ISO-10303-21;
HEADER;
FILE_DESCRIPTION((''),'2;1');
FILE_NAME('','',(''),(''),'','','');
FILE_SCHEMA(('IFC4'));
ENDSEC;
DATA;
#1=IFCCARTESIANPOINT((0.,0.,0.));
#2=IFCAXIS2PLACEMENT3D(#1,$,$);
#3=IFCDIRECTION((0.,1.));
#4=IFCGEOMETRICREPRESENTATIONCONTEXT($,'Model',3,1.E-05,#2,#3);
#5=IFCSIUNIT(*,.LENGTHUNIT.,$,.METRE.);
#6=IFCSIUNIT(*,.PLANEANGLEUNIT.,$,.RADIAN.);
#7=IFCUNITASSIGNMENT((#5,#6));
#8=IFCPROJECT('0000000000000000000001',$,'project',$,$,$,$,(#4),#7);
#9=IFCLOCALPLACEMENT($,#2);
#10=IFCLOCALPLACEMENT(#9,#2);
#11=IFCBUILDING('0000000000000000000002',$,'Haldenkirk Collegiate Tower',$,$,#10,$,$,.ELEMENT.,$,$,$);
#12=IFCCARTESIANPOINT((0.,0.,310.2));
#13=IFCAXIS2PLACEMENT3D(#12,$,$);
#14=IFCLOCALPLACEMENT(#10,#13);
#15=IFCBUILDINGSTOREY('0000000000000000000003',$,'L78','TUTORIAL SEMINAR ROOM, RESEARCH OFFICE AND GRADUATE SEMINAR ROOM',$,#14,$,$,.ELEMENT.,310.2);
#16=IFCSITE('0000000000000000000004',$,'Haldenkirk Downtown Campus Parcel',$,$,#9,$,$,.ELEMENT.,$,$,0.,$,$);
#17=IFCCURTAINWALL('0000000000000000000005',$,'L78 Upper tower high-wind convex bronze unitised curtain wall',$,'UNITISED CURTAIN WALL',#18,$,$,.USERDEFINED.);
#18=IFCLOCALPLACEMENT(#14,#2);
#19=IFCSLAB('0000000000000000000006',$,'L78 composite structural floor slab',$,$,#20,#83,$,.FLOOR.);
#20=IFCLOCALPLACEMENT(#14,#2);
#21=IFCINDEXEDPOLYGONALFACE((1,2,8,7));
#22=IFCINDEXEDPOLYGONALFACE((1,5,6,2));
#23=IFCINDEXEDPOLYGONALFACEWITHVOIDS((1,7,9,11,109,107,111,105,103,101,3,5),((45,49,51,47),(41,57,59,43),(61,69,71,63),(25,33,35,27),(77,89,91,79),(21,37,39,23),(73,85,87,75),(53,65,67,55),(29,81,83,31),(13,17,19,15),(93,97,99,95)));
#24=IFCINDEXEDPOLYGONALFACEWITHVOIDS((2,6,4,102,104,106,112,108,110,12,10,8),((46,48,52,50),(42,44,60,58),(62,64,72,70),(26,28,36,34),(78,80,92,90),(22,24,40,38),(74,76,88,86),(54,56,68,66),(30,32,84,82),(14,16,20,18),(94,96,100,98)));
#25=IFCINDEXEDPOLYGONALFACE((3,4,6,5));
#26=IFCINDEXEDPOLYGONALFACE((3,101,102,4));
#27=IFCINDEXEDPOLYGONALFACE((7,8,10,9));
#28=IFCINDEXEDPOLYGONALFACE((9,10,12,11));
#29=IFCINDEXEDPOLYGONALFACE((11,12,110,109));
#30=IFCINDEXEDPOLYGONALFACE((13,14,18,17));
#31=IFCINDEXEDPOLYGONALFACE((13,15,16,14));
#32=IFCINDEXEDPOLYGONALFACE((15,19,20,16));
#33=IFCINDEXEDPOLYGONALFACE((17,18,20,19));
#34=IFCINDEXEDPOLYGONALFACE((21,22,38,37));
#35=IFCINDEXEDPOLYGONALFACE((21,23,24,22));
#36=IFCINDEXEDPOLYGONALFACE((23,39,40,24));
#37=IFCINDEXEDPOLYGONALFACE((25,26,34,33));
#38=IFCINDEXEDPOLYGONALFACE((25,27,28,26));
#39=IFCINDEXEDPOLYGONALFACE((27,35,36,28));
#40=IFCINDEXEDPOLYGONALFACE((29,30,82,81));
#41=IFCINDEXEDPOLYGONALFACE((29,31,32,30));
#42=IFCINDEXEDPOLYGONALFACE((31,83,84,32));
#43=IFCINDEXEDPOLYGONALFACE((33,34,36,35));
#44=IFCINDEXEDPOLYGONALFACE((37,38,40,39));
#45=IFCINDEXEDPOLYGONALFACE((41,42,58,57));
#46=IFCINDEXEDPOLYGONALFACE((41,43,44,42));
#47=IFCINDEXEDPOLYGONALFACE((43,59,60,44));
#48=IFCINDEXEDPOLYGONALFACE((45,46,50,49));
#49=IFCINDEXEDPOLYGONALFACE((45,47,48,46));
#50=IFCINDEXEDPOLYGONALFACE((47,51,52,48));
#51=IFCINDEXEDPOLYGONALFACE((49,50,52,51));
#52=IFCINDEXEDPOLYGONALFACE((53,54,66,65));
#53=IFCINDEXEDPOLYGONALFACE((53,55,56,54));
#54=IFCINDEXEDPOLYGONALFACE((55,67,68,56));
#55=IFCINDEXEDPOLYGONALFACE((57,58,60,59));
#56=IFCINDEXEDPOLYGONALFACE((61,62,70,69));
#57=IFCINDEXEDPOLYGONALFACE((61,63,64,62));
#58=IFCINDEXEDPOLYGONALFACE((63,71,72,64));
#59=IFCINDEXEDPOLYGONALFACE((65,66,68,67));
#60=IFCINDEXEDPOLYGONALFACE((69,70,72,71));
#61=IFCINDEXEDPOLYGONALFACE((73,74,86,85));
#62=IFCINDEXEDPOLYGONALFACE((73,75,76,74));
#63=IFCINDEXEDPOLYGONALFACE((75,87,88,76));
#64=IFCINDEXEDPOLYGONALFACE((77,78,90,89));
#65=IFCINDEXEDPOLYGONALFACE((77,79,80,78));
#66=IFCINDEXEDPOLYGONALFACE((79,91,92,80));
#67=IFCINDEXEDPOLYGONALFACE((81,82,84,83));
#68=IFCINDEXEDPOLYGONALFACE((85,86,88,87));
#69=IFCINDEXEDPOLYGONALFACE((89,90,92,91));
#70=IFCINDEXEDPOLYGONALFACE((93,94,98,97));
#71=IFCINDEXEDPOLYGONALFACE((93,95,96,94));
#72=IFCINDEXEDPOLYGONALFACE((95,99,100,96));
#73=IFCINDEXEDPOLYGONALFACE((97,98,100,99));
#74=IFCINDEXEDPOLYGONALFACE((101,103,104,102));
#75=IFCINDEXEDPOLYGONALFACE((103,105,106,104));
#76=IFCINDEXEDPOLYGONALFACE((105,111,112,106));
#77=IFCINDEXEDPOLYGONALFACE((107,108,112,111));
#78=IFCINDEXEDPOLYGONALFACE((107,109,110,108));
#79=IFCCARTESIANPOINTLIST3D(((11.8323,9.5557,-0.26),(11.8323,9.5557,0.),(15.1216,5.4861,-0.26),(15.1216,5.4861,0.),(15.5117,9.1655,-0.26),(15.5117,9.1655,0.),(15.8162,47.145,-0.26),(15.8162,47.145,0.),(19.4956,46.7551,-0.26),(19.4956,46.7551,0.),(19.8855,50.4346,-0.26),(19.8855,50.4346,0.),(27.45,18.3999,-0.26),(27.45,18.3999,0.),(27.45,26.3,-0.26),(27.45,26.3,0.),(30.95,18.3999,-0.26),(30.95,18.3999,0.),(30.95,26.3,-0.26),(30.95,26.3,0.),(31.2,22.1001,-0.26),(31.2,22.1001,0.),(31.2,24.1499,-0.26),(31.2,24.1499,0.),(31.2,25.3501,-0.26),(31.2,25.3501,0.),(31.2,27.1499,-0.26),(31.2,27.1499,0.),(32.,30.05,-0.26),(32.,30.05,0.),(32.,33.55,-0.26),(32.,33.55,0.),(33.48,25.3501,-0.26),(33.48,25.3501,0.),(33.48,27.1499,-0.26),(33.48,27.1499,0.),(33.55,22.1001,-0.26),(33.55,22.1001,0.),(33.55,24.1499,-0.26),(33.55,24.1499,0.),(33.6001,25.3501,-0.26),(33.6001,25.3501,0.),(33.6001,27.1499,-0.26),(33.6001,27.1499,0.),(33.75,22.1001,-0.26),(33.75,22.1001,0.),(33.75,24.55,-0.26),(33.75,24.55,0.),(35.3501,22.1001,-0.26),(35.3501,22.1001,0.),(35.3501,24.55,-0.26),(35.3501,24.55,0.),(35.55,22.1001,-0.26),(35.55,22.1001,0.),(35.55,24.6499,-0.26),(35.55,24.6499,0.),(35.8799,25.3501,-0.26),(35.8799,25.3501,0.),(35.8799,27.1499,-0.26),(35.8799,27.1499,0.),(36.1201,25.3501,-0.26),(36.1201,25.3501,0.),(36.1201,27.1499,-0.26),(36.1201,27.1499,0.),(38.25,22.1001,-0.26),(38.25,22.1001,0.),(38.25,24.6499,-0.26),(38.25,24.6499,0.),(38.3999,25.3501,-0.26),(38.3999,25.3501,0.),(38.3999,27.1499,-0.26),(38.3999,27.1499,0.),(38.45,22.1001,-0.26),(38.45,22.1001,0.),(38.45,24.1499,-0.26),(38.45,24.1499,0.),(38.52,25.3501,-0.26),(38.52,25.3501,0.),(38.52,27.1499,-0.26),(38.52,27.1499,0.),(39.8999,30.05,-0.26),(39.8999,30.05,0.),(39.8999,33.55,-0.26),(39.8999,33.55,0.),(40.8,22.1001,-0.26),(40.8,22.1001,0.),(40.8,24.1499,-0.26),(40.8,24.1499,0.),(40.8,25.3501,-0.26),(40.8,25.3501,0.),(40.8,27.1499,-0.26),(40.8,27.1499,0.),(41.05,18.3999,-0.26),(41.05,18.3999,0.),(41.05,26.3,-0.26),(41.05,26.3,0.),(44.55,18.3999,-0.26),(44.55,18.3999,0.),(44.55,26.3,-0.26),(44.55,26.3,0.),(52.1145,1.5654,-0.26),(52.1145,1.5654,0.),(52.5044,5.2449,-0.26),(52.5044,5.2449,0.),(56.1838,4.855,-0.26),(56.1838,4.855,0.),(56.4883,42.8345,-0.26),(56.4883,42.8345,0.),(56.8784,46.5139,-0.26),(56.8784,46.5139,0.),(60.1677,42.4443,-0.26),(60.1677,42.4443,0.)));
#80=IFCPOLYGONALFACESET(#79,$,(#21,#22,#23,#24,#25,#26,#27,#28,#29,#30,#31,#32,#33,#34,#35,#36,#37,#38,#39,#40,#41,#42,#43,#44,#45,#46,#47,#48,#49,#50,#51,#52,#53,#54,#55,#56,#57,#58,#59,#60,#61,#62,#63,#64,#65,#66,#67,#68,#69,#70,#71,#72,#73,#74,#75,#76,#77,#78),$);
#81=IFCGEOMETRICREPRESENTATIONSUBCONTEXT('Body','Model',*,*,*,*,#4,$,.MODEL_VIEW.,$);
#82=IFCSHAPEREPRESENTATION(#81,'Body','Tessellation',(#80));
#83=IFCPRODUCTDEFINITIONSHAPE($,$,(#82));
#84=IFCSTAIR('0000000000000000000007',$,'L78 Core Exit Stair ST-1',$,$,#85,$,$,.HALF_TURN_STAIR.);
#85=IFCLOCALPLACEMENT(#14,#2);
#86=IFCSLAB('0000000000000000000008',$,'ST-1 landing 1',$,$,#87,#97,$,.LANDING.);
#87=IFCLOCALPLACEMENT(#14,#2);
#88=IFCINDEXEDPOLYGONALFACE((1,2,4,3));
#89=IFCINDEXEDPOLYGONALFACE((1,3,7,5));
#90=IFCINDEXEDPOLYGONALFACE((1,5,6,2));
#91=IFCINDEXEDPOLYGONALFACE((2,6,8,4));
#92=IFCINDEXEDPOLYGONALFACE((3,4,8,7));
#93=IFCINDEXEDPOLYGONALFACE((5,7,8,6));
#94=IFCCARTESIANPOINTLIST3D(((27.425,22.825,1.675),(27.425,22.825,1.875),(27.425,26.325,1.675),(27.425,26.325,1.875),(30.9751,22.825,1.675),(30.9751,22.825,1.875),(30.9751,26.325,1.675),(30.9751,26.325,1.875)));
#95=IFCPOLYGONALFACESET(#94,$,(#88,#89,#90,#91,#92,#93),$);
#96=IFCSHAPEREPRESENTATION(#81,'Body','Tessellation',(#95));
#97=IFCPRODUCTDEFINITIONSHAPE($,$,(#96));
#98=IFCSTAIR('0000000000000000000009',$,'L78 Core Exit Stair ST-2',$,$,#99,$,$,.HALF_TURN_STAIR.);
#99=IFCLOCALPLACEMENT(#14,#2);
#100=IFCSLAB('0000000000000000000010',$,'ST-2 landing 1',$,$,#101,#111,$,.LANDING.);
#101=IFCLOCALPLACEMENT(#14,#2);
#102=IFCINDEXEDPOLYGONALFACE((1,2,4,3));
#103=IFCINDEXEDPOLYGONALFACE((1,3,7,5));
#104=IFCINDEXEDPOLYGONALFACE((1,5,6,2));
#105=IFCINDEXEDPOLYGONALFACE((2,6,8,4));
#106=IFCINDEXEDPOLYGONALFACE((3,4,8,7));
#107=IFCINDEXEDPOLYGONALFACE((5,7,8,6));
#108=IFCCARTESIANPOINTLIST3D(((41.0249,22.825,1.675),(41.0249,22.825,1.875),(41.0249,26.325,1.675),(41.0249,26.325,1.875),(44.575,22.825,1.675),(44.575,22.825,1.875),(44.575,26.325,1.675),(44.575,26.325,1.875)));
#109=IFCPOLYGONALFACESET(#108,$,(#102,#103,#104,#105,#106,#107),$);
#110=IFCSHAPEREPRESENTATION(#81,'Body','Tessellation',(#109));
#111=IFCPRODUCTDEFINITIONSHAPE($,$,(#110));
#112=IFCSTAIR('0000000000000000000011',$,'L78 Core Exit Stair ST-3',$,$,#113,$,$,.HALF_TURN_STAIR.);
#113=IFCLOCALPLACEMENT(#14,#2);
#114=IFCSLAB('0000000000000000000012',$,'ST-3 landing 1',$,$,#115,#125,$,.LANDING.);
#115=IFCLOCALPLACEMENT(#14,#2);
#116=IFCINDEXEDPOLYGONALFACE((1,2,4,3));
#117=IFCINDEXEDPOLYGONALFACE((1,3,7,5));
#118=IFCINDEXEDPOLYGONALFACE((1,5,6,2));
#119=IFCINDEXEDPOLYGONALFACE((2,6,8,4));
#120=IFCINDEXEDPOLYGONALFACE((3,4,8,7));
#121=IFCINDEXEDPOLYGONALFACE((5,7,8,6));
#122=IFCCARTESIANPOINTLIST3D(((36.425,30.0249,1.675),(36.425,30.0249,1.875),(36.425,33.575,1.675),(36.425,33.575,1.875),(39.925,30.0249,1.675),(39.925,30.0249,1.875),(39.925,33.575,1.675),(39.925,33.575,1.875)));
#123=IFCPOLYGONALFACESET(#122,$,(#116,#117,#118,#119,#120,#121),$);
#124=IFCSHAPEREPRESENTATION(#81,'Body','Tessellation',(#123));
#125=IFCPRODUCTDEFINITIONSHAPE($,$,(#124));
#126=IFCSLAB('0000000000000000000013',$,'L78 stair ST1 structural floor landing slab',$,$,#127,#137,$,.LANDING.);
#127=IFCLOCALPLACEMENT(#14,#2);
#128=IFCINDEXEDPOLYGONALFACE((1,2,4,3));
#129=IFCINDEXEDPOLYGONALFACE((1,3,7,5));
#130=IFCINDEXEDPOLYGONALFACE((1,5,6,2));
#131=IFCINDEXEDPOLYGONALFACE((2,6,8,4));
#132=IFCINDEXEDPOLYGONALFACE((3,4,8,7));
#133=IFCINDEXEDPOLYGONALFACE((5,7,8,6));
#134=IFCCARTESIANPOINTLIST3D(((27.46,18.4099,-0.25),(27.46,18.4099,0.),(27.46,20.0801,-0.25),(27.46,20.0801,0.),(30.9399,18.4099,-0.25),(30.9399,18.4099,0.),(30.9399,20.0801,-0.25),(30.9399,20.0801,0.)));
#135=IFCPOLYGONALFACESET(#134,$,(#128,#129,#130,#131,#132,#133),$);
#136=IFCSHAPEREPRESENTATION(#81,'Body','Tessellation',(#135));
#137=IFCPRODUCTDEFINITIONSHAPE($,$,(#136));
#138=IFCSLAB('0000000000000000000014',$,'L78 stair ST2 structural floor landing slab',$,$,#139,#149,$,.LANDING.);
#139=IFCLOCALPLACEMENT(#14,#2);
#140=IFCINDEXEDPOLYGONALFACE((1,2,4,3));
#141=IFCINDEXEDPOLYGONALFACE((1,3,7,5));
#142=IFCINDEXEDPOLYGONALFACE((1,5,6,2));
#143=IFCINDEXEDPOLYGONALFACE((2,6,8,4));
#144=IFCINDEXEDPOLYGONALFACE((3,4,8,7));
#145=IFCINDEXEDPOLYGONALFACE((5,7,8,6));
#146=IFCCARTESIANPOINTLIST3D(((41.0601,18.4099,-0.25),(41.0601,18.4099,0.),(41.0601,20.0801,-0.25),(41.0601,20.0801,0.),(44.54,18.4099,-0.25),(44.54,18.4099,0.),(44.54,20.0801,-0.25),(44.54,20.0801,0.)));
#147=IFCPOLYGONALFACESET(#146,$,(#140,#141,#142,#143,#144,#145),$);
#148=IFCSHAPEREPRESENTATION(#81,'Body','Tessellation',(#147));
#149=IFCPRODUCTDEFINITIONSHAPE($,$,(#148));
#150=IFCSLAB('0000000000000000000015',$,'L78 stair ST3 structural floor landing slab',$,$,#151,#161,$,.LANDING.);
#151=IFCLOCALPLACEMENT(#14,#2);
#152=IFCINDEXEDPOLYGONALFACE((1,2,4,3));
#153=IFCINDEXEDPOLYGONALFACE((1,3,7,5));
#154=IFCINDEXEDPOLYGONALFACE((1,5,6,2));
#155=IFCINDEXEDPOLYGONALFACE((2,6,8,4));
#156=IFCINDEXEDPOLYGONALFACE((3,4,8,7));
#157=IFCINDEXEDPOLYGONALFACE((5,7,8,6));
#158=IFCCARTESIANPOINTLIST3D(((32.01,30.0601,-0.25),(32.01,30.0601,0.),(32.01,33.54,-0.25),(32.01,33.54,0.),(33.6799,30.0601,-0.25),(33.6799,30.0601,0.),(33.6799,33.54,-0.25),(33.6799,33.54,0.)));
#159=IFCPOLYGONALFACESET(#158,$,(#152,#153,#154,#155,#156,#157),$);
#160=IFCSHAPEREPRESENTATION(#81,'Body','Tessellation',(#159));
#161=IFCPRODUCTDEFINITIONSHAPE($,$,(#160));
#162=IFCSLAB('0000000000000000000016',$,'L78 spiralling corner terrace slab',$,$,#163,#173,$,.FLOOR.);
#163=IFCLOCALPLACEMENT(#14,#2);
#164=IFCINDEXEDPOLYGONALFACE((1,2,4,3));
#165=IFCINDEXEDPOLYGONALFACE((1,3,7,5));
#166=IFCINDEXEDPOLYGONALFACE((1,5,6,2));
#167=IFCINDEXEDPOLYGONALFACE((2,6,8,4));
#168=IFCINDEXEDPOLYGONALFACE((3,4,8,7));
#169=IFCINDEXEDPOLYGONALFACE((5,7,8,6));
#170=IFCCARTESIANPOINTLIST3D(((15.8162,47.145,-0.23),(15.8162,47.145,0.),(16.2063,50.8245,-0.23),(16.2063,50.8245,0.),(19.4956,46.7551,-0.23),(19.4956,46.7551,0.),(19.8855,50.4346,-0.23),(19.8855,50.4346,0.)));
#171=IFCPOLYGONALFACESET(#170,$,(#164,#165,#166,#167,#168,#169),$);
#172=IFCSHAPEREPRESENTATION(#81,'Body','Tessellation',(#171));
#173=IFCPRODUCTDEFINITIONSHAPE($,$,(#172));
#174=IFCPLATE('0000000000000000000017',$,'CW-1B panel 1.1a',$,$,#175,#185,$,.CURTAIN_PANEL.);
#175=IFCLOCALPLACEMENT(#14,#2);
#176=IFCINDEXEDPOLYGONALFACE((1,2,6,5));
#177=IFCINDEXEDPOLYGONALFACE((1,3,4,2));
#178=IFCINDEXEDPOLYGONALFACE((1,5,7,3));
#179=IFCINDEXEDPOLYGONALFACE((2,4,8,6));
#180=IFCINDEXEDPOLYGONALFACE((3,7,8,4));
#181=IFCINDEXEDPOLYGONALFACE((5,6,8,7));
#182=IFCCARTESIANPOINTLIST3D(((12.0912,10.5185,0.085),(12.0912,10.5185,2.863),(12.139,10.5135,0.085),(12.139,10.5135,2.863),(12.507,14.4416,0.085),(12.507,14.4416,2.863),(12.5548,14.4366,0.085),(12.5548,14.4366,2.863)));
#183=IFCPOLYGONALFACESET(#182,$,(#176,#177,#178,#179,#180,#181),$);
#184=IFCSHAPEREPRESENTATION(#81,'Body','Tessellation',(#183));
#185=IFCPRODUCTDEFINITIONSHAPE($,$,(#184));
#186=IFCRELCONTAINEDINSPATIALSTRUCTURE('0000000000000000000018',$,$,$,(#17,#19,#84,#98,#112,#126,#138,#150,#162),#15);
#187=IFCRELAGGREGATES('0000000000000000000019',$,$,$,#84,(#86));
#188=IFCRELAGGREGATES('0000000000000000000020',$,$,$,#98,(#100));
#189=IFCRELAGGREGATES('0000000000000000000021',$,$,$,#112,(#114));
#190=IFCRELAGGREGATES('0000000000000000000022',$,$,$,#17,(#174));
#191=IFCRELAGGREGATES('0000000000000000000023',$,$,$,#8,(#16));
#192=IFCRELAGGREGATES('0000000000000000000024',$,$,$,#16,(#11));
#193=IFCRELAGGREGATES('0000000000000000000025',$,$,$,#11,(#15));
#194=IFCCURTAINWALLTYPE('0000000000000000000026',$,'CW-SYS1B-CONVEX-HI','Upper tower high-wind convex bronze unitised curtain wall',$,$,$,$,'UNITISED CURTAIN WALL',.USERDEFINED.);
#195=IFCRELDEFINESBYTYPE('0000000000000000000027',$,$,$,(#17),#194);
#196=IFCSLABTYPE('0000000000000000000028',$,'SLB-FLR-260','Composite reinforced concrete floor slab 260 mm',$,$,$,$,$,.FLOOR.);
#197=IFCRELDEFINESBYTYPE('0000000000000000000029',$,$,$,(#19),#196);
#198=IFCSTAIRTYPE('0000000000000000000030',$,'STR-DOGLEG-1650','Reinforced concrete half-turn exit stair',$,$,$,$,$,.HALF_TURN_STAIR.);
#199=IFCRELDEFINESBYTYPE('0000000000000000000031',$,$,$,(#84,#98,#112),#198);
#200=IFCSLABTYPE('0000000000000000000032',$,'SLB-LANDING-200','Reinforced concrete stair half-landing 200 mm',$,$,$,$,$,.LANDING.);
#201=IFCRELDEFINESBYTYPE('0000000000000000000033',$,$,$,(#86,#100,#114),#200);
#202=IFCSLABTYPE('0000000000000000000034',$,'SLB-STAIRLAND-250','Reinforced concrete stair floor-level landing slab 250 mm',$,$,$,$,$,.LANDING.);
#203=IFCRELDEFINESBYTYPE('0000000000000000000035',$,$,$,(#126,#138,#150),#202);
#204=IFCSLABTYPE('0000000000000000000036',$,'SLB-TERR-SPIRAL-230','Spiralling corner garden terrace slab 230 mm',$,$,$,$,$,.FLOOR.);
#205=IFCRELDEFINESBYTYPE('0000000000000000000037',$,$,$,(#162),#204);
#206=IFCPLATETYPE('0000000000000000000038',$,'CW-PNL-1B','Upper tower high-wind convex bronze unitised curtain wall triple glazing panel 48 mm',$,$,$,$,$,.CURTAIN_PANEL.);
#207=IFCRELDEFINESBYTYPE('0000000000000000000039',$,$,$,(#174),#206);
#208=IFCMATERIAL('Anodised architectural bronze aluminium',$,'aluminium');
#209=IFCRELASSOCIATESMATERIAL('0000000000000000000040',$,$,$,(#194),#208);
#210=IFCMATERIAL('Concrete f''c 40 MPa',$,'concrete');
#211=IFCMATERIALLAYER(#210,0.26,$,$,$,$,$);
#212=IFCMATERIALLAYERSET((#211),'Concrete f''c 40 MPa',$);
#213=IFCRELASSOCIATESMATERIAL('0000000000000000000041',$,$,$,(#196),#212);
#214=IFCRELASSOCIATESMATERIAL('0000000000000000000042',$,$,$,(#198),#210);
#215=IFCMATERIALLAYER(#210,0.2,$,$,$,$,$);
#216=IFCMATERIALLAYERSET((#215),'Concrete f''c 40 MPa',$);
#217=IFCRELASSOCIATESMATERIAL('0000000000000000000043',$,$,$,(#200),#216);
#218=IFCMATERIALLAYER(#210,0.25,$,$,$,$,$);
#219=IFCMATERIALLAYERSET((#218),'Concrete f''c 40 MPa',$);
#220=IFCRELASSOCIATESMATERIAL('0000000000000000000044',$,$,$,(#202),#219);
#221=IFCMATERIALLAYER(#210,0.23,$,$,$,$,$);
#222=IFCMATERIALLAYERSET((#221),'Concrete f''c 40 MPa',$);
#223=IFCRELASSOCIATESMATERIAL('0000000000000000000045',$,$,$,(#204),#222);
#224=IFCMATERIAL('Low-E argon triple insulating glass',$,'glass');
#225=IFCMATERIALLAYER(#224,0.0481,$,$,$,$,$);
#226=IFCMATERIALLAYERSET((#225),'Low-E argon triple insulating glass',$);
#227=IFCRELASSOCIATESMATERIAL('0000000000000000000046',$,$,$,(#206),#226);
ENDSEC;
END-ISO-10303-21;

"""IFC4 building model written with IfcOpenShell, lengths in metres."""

from ifc_helpers import new_model, si_unit, direction, frame, origin, origin_2d, place, context, subcontext, project, spatial, polyline, rectangle, outline, extrude, source, transform, mapped, material, layer, layer_set, type_object, element, aggregate, save


model = new_model("IFC4")

# Units and contexts
model_context = context("Model", 3, precision=1e-05, world=origin(), true_north=direction((0.0, 1.0)))
body_context = subcontext(model_context, "Body", "Model", "MODEL_VIEW")
ifc_project = project(units=[si_unit("LENGTHUNIT", "METRE"), si_unit("PLANEANGLEUNIT", "RADIAN")], contexts=[model_context])

# Site, building, storey
site_placement = place(None, origin())
site = spatial("IfcSite", under=ifc_project, at=site_placement, Name="Haldenkirk Downtown Campus Parcel", CompositionType="ELEMENT", RefElevation=0.0)
building_placement = place(site_placement, origin())
building = spatial("IfcBuilding", under=site, at=building_placement, Name="Haldenkirk Collegiate Tower", CompositionType="ELEMENT")
storey_placement = place(building_placement, frame((0.0, 0.0, 310.2)))
storey = spatial("IfcBuildingStorey", under=building, at=storey_placement, Name="L78", Description="TUTORIAL SEMINAR ROOM, RESEARCH OFFICE AND GRADUATE SEMINAR ROOM", CompositionType="ELEMENT", Elevation=310.2)

# Curtain wall
ifc_material_1 = material(Name="Anodised architectural bronze aluminium", Category="aluminium")
curtain_wall_type = type_object("IfcCurtainWallType", Name="CW-SYS1B-CONVEX-HI", Description="Upper tower high-wind convex bronze unitised curtain wall", ElementType="UNITISED CURTAIN WALL", PredefinedType="USERDEFINED", material=ifc_material_1)
curtain_wall_placement = place(storey_placement, origin())
curtain_wall = element("IfcCurtainWall", 1, at=curtain_wall_placement, inside=storey, type_object=curtain_wall_type, Name="L78 Upper tower high-wind convex bronze unitised curtain wall", ObjectType="UNITISED CURTAIN WALL", PredefinedType="USERDEFINED")

# Slab
ifc_material_2 = material(Name="Concrete f'c 40 MPa", Category="concrete")
ifc_layer_1 = layer(ifc_material_2, 0.26)
ifc_layer_set_1 = layer_set([ifc_layer_1], Name="Concrete f'c 40 MPa")
slab_type_1 = type_object("IfcSlabType", Name="SLB-FLR-260", Description="Composite reinforced concrete floor slab 260 mm", PredefinedType="FLOOR", material=ifc_layer_set_1)
slab_1_placement = place(storey_placement, frame((0.0, 0.0, -0.26)))
element("IfcSlab", 2, at=slab_1_placement, inside=storey, type_object=slab_type_1, Name="L78 composite structural floor slab", PredefinedType="FLOOR", context=body_context, shape_type="SweptSolid", body=[
    extrude(outline(polyline([(56.1838, 4.855), (60.1677, 42.4443), (56.4883, 42.8345), (56.8784, 46.5139), (19.8855, 50.4346), (19.4956, 46.7551), (15.8162, 47.145), (11.8323, 9.5557), (15.5117, 9.1655), (15.1216, 5.4861), (52.1145, 1.5654), (52.5044, 5.2449), (56.1838, 4.855)]), holes=[polyline([(27.45, 18.3999), (30.95, 18.3999), (30.95, 26.3), (27.45, 26.3), (27.45, 18.3999)]), polyline([(41.05, 18.3999), (44.55, 18.3999), (44.55, 26.3), (41.05, 26.3), (41.05, 18.3999)]), polyline([(32.0, 30.05), (39.8999, 30.05), (39.8999, 33.55), (32.0, 33.55), (32.0, 30.05)]), polyline([(33.75, 22.1001), (35.3501, 22.1001), (35.3501, 24.55), (33.75, 24.55), (33.75, 22.1001)]), polyline([(31.2, 25.3501), (33.48, 25.3501), (33.48, 27.1499), (31.2, 27.1499), (31.2, 25.3501)]), polyline([(33.6001, 25.3501), (35.8799, 25.3501), (35.8799, 27.1499), (33.6001, 27.1499), (33.6001, 25.3501)]), polyline([(36.1201, 25.3501), (38.3999, 25.3501), (38.3999, 27.1499), (36.1201, 27.1499), (36.1201, 25.3501)]), polyline([(38.52, 25.3501), (40.8, 25.3501), (40.8, 27.1499), (38.52, 27.1499), (38.52, 25.3501)]), polyline([(31.2, 22.1001), (33.55, 22.1001), (33.55, 24.1499), (31.2, 24.1499), (31.2, 22.1001)]), polyline([(38.45, 22.1001), (40.8, 22.1001), (40.8, 24.1499), (38.45, 24.1499), (38.45, 22.1001)]), polyline([(35.55, 22.1001), (38.25, 22.1001), (38.25, 24.6499), (35.55, 24.6499), (35.55, 22.1001)])]), origin(), (0.0, 0.0, 1.0), 0.26),
])

# Stairs, slabs
stair_type = type_object("IfcStairType", Name="STR-DOGLEG-1650", Description="Reinforced concrete half-turn exit stair", PredefinedType="HALF_TURN_STAIR", material=ifc_material_2)
stair_1_placement = place(storey_placement, origin())
stair_1 = element("IfcStair", 3, at=stair_1_placement, inside=storey, type_object=stair_type, Name="L78 Core Exit Stair ST-1", PredefinedType="HALF_TURN_STAIR")
ifc_layer_2 = layer(ifc_material_2, 0.2)
ifc_layer_set_2 = layer_set([ifc_layer_2], Name="Concrete f'c 40 MPa")
slab_type_2 = type_object("IfcSlabType", Name="SLB-LANDING-200", Description="Reinforced concrete stair half-landing 200 mm", PredefinedType="LANDING", material=ifc_layer_set_2)
slab_2_placement = place(storey_placement, frame((0.0, 0.0, 1.675)))
slab_2 = element("IfcSlab", 4, at=slab_2_placement, type_object=slab_type_2, Name="ST-1 landing 1", PredefinedType="LANDING", context=body_context, shape_type="SweptSolid", body=[
    extrude(outline(polyline([(30.9751, 22.825), (27.425, 22.825), (27.425, 26.325), (30.9751, 26.325), (30.9751, 22.825)])), origin(), (0.0, 0.0, 1.0), 0.2),
])
aggregate(stair_1, [slab_2])
stair_2_placement = place(storey_placement, origin())
stair_2 = element("IfcStair", 5, at=stair_2_placement, inside=storey, type_object=stair_type, Name="L78 Core Exit Stair ST-2", PredefinedType="HALF_TURN_STAIR")
slab_3_placement = place(storey_placement, frame((0.0, 0.0, 1.675)))
slab_3 = element("IfcSlab", 6, at=slab_3_placement, type_object=slab_type_2, Name="ST-2 landing 1", PredefinedType="LANDING", context=body_context, shape_type="SweptSolid", body=[
    extrude(outline(polyline([(44.575, 22.825), (41.0249, 22.825), (41.0249, 26.325), (44.575, 26.325), (44.575, 22.825)])), origin(), (0.0, 0.0, 1.0), 0.2),
])
aggregate(stair_2, [slab_3])
stair_3_placement = place(storey_placement, origin())
stair_3 = element("IfcStair", 7, at=stair_3_placement, inside=storey, type_object=stair_type, Name="L78 Core Exit Stair ST-3", PredefinedType="HALF_TURN_STAIR")
slab_4_placement = place(storey_placement, frame((0.0, 0.0, 1.675)))
slab_4 = element("IfcSlab", 8, at=slab_4_placement, type_object=slab_type_2, Name="ST-3 landing 1", PredefinedType="LANDING", context=body_context, shape_type="SweptSolid", body=[
    extrude(outline(polyline([(36.425, 30.0249), (36.425, 33.575), (39.925, 33.575), (39.925, 30.0249), (36.425, 30.0249)])), origin(), (0.0, 0.0, 1.0), 0.2),
])
aggregate(stair_3, [slab_4])

# Slabs
ifc_layer_3 = layer(ifc_material_2, 0.25)
ifc_layer_set_3 = layer_set([ifc_layer_3], Name="Concrete f'c 40 MPa")
slab_type_3 = type_object("IfcSlabType", Name="SLB-STAIRLAND-250", Description="Reinforced concrete stair floor-level landing slab 250 mm", PredefinedType="LANDING", material=ifc_layer_set_3)
slab_5_placement = place(storey_placement, frame((0.0, 0.0, -0.25)))
element("IfcSlab", 9, at=slab_5_placement, inside=storey, type_object=slab_type_3, Name="L78 stair ST1 structural floor landing slab", PredefinedType="LANDING", context=body_context, shape_type="SweptSolid", body=[
    extrude(outline(polyline([(27.46, 18.4099), (30.9399, 18.4099), (30.9399, 20.0801), (27.46, 20.0801), (27.46, 18.4099)])), origin(), (0.0, 0.0, 1.0), 0.25),
])
slab_6_placement = place(storey_placement, frame((0.0, 0.0, -0.25)))
element("IfcSlab", 10, at=slab_6_placement, inside=storey, type_object=slab_type_3, Name="L78 stair ST2 structural floor landing slab", PredefinedType="LANDING", context=body_context, shape_type="SweptSolid", body=[
    extrude(outline(polyline([(41.0601, 18.4099), (44.54, 18.4099), (44.54, 20.0801), (41.0601, 20.0801), (41.0601, 18.4099)])), origin(), (0.0, 0.0, 1.0), 0.25),
])
slab_7_placement = place(storey_placement, frame((0.0, 0.0, -0.25)))
element("IfcSlab", 11, at=slab_7_placement, inside=storey, type_object=slab_type_3, Name="L78 stair ST3 structural floor landing slab", PredefinedType="LANDING", context=body_context, shape_type="SweptSolid", body=[
    extrude(outline(polyline([(32.01, 30.0601), (33.6799, 30.0601), (33.6799, 33.54), (32.01, 33.54), (32.01, 30.0601)])), origin(), (0.0, 0.0, 1.0), 0.25),
])
ifc_layer_4 = layer(ifc_material_2, 0.23)
ifc_layer_set_4 = layer_set([ifc_layer_4], Name="Concrete f'c 40 MPa")
slab_type_4 = type_object("IfcSlabType", Name="SLB-TERR-SPIRAL-230", Description="Spiralling corner garden terrace slab 230 mm", PredefinedType="FLOOR", material=ifc_layer_set_4)
slab_8_placement = place(storey_placement, frame((0.0, 0.0, -0.23)))
element("IfcSlab", 12, at=slab_8_placement, inside=storey, type_object=slab_type_4, Name="L78 spiralling corner terrace slab", PredefinedType="FLOOR", context=body_context, shape_type="SweptSolid", body=[
    extrude(outline(polyline([(19.4956, 46.7551), (19.8855, 50.4346), (16.2063, 50.8245), (15.8162, 47.145), (19.4956, 46.7551)])), origin(), (0.0, 0.0, 1.0), 0.23),
])

# Plate
ifc_material_3 = material(Name="Low-E argon triple insulating glass", Category="glass")
ifc_layer_5 = layer(ifc_material_3, 0.0481)
ifc_layer_set_5 = layer_set([ifc_layer_5], Name="Low-E argon triple insulating glass")
plate_type_1 = type_object("IfcPlateType", Name="CW-PNL-1B", Description="Upper tower high-wind convex bronze unitised curtain wall triple glazing panel 48 mm", PredefinedType="CURTAIN_PANEL", material=ifc_layer_set_5)
shared_shape_1 = source(origin(), body_context, "Body", "SweptSolid", [
    extrude(rectangle(XDim=3.9451, YDim=0.0481, at=origin_2d()), origin(), (0.0, 0.0, 1.0), 2.7781),
])
plate_1_placement = place(storey_placement, frame((12.323, 12.4775, 0.085), z_axis=(0.0, 0.0, 1.0), x_axis=(0.105394, 0.99443, 0.0)))
plate_1 = element("IfcPlate", 13, at=plate_1_placement, type_object=plate_type_1, Name="CW-1B panel 1.1a", PredefinedType="CURTAIN_PANEL", context=body_context, shape_type="MappedRepresentation", body=[
    mapped(shared_shape_1, transform((0.0, 0.0, 0.0), x_axis=(1.0, 0.0, 0.0), y_axis=(0.0, 1.0, 0.0), z_axis=(0.0, 0.0, 1.0), scale=1.0)),
])
aggregate(curtain_wall, [plate_1])

save(model, "model.ifc")
